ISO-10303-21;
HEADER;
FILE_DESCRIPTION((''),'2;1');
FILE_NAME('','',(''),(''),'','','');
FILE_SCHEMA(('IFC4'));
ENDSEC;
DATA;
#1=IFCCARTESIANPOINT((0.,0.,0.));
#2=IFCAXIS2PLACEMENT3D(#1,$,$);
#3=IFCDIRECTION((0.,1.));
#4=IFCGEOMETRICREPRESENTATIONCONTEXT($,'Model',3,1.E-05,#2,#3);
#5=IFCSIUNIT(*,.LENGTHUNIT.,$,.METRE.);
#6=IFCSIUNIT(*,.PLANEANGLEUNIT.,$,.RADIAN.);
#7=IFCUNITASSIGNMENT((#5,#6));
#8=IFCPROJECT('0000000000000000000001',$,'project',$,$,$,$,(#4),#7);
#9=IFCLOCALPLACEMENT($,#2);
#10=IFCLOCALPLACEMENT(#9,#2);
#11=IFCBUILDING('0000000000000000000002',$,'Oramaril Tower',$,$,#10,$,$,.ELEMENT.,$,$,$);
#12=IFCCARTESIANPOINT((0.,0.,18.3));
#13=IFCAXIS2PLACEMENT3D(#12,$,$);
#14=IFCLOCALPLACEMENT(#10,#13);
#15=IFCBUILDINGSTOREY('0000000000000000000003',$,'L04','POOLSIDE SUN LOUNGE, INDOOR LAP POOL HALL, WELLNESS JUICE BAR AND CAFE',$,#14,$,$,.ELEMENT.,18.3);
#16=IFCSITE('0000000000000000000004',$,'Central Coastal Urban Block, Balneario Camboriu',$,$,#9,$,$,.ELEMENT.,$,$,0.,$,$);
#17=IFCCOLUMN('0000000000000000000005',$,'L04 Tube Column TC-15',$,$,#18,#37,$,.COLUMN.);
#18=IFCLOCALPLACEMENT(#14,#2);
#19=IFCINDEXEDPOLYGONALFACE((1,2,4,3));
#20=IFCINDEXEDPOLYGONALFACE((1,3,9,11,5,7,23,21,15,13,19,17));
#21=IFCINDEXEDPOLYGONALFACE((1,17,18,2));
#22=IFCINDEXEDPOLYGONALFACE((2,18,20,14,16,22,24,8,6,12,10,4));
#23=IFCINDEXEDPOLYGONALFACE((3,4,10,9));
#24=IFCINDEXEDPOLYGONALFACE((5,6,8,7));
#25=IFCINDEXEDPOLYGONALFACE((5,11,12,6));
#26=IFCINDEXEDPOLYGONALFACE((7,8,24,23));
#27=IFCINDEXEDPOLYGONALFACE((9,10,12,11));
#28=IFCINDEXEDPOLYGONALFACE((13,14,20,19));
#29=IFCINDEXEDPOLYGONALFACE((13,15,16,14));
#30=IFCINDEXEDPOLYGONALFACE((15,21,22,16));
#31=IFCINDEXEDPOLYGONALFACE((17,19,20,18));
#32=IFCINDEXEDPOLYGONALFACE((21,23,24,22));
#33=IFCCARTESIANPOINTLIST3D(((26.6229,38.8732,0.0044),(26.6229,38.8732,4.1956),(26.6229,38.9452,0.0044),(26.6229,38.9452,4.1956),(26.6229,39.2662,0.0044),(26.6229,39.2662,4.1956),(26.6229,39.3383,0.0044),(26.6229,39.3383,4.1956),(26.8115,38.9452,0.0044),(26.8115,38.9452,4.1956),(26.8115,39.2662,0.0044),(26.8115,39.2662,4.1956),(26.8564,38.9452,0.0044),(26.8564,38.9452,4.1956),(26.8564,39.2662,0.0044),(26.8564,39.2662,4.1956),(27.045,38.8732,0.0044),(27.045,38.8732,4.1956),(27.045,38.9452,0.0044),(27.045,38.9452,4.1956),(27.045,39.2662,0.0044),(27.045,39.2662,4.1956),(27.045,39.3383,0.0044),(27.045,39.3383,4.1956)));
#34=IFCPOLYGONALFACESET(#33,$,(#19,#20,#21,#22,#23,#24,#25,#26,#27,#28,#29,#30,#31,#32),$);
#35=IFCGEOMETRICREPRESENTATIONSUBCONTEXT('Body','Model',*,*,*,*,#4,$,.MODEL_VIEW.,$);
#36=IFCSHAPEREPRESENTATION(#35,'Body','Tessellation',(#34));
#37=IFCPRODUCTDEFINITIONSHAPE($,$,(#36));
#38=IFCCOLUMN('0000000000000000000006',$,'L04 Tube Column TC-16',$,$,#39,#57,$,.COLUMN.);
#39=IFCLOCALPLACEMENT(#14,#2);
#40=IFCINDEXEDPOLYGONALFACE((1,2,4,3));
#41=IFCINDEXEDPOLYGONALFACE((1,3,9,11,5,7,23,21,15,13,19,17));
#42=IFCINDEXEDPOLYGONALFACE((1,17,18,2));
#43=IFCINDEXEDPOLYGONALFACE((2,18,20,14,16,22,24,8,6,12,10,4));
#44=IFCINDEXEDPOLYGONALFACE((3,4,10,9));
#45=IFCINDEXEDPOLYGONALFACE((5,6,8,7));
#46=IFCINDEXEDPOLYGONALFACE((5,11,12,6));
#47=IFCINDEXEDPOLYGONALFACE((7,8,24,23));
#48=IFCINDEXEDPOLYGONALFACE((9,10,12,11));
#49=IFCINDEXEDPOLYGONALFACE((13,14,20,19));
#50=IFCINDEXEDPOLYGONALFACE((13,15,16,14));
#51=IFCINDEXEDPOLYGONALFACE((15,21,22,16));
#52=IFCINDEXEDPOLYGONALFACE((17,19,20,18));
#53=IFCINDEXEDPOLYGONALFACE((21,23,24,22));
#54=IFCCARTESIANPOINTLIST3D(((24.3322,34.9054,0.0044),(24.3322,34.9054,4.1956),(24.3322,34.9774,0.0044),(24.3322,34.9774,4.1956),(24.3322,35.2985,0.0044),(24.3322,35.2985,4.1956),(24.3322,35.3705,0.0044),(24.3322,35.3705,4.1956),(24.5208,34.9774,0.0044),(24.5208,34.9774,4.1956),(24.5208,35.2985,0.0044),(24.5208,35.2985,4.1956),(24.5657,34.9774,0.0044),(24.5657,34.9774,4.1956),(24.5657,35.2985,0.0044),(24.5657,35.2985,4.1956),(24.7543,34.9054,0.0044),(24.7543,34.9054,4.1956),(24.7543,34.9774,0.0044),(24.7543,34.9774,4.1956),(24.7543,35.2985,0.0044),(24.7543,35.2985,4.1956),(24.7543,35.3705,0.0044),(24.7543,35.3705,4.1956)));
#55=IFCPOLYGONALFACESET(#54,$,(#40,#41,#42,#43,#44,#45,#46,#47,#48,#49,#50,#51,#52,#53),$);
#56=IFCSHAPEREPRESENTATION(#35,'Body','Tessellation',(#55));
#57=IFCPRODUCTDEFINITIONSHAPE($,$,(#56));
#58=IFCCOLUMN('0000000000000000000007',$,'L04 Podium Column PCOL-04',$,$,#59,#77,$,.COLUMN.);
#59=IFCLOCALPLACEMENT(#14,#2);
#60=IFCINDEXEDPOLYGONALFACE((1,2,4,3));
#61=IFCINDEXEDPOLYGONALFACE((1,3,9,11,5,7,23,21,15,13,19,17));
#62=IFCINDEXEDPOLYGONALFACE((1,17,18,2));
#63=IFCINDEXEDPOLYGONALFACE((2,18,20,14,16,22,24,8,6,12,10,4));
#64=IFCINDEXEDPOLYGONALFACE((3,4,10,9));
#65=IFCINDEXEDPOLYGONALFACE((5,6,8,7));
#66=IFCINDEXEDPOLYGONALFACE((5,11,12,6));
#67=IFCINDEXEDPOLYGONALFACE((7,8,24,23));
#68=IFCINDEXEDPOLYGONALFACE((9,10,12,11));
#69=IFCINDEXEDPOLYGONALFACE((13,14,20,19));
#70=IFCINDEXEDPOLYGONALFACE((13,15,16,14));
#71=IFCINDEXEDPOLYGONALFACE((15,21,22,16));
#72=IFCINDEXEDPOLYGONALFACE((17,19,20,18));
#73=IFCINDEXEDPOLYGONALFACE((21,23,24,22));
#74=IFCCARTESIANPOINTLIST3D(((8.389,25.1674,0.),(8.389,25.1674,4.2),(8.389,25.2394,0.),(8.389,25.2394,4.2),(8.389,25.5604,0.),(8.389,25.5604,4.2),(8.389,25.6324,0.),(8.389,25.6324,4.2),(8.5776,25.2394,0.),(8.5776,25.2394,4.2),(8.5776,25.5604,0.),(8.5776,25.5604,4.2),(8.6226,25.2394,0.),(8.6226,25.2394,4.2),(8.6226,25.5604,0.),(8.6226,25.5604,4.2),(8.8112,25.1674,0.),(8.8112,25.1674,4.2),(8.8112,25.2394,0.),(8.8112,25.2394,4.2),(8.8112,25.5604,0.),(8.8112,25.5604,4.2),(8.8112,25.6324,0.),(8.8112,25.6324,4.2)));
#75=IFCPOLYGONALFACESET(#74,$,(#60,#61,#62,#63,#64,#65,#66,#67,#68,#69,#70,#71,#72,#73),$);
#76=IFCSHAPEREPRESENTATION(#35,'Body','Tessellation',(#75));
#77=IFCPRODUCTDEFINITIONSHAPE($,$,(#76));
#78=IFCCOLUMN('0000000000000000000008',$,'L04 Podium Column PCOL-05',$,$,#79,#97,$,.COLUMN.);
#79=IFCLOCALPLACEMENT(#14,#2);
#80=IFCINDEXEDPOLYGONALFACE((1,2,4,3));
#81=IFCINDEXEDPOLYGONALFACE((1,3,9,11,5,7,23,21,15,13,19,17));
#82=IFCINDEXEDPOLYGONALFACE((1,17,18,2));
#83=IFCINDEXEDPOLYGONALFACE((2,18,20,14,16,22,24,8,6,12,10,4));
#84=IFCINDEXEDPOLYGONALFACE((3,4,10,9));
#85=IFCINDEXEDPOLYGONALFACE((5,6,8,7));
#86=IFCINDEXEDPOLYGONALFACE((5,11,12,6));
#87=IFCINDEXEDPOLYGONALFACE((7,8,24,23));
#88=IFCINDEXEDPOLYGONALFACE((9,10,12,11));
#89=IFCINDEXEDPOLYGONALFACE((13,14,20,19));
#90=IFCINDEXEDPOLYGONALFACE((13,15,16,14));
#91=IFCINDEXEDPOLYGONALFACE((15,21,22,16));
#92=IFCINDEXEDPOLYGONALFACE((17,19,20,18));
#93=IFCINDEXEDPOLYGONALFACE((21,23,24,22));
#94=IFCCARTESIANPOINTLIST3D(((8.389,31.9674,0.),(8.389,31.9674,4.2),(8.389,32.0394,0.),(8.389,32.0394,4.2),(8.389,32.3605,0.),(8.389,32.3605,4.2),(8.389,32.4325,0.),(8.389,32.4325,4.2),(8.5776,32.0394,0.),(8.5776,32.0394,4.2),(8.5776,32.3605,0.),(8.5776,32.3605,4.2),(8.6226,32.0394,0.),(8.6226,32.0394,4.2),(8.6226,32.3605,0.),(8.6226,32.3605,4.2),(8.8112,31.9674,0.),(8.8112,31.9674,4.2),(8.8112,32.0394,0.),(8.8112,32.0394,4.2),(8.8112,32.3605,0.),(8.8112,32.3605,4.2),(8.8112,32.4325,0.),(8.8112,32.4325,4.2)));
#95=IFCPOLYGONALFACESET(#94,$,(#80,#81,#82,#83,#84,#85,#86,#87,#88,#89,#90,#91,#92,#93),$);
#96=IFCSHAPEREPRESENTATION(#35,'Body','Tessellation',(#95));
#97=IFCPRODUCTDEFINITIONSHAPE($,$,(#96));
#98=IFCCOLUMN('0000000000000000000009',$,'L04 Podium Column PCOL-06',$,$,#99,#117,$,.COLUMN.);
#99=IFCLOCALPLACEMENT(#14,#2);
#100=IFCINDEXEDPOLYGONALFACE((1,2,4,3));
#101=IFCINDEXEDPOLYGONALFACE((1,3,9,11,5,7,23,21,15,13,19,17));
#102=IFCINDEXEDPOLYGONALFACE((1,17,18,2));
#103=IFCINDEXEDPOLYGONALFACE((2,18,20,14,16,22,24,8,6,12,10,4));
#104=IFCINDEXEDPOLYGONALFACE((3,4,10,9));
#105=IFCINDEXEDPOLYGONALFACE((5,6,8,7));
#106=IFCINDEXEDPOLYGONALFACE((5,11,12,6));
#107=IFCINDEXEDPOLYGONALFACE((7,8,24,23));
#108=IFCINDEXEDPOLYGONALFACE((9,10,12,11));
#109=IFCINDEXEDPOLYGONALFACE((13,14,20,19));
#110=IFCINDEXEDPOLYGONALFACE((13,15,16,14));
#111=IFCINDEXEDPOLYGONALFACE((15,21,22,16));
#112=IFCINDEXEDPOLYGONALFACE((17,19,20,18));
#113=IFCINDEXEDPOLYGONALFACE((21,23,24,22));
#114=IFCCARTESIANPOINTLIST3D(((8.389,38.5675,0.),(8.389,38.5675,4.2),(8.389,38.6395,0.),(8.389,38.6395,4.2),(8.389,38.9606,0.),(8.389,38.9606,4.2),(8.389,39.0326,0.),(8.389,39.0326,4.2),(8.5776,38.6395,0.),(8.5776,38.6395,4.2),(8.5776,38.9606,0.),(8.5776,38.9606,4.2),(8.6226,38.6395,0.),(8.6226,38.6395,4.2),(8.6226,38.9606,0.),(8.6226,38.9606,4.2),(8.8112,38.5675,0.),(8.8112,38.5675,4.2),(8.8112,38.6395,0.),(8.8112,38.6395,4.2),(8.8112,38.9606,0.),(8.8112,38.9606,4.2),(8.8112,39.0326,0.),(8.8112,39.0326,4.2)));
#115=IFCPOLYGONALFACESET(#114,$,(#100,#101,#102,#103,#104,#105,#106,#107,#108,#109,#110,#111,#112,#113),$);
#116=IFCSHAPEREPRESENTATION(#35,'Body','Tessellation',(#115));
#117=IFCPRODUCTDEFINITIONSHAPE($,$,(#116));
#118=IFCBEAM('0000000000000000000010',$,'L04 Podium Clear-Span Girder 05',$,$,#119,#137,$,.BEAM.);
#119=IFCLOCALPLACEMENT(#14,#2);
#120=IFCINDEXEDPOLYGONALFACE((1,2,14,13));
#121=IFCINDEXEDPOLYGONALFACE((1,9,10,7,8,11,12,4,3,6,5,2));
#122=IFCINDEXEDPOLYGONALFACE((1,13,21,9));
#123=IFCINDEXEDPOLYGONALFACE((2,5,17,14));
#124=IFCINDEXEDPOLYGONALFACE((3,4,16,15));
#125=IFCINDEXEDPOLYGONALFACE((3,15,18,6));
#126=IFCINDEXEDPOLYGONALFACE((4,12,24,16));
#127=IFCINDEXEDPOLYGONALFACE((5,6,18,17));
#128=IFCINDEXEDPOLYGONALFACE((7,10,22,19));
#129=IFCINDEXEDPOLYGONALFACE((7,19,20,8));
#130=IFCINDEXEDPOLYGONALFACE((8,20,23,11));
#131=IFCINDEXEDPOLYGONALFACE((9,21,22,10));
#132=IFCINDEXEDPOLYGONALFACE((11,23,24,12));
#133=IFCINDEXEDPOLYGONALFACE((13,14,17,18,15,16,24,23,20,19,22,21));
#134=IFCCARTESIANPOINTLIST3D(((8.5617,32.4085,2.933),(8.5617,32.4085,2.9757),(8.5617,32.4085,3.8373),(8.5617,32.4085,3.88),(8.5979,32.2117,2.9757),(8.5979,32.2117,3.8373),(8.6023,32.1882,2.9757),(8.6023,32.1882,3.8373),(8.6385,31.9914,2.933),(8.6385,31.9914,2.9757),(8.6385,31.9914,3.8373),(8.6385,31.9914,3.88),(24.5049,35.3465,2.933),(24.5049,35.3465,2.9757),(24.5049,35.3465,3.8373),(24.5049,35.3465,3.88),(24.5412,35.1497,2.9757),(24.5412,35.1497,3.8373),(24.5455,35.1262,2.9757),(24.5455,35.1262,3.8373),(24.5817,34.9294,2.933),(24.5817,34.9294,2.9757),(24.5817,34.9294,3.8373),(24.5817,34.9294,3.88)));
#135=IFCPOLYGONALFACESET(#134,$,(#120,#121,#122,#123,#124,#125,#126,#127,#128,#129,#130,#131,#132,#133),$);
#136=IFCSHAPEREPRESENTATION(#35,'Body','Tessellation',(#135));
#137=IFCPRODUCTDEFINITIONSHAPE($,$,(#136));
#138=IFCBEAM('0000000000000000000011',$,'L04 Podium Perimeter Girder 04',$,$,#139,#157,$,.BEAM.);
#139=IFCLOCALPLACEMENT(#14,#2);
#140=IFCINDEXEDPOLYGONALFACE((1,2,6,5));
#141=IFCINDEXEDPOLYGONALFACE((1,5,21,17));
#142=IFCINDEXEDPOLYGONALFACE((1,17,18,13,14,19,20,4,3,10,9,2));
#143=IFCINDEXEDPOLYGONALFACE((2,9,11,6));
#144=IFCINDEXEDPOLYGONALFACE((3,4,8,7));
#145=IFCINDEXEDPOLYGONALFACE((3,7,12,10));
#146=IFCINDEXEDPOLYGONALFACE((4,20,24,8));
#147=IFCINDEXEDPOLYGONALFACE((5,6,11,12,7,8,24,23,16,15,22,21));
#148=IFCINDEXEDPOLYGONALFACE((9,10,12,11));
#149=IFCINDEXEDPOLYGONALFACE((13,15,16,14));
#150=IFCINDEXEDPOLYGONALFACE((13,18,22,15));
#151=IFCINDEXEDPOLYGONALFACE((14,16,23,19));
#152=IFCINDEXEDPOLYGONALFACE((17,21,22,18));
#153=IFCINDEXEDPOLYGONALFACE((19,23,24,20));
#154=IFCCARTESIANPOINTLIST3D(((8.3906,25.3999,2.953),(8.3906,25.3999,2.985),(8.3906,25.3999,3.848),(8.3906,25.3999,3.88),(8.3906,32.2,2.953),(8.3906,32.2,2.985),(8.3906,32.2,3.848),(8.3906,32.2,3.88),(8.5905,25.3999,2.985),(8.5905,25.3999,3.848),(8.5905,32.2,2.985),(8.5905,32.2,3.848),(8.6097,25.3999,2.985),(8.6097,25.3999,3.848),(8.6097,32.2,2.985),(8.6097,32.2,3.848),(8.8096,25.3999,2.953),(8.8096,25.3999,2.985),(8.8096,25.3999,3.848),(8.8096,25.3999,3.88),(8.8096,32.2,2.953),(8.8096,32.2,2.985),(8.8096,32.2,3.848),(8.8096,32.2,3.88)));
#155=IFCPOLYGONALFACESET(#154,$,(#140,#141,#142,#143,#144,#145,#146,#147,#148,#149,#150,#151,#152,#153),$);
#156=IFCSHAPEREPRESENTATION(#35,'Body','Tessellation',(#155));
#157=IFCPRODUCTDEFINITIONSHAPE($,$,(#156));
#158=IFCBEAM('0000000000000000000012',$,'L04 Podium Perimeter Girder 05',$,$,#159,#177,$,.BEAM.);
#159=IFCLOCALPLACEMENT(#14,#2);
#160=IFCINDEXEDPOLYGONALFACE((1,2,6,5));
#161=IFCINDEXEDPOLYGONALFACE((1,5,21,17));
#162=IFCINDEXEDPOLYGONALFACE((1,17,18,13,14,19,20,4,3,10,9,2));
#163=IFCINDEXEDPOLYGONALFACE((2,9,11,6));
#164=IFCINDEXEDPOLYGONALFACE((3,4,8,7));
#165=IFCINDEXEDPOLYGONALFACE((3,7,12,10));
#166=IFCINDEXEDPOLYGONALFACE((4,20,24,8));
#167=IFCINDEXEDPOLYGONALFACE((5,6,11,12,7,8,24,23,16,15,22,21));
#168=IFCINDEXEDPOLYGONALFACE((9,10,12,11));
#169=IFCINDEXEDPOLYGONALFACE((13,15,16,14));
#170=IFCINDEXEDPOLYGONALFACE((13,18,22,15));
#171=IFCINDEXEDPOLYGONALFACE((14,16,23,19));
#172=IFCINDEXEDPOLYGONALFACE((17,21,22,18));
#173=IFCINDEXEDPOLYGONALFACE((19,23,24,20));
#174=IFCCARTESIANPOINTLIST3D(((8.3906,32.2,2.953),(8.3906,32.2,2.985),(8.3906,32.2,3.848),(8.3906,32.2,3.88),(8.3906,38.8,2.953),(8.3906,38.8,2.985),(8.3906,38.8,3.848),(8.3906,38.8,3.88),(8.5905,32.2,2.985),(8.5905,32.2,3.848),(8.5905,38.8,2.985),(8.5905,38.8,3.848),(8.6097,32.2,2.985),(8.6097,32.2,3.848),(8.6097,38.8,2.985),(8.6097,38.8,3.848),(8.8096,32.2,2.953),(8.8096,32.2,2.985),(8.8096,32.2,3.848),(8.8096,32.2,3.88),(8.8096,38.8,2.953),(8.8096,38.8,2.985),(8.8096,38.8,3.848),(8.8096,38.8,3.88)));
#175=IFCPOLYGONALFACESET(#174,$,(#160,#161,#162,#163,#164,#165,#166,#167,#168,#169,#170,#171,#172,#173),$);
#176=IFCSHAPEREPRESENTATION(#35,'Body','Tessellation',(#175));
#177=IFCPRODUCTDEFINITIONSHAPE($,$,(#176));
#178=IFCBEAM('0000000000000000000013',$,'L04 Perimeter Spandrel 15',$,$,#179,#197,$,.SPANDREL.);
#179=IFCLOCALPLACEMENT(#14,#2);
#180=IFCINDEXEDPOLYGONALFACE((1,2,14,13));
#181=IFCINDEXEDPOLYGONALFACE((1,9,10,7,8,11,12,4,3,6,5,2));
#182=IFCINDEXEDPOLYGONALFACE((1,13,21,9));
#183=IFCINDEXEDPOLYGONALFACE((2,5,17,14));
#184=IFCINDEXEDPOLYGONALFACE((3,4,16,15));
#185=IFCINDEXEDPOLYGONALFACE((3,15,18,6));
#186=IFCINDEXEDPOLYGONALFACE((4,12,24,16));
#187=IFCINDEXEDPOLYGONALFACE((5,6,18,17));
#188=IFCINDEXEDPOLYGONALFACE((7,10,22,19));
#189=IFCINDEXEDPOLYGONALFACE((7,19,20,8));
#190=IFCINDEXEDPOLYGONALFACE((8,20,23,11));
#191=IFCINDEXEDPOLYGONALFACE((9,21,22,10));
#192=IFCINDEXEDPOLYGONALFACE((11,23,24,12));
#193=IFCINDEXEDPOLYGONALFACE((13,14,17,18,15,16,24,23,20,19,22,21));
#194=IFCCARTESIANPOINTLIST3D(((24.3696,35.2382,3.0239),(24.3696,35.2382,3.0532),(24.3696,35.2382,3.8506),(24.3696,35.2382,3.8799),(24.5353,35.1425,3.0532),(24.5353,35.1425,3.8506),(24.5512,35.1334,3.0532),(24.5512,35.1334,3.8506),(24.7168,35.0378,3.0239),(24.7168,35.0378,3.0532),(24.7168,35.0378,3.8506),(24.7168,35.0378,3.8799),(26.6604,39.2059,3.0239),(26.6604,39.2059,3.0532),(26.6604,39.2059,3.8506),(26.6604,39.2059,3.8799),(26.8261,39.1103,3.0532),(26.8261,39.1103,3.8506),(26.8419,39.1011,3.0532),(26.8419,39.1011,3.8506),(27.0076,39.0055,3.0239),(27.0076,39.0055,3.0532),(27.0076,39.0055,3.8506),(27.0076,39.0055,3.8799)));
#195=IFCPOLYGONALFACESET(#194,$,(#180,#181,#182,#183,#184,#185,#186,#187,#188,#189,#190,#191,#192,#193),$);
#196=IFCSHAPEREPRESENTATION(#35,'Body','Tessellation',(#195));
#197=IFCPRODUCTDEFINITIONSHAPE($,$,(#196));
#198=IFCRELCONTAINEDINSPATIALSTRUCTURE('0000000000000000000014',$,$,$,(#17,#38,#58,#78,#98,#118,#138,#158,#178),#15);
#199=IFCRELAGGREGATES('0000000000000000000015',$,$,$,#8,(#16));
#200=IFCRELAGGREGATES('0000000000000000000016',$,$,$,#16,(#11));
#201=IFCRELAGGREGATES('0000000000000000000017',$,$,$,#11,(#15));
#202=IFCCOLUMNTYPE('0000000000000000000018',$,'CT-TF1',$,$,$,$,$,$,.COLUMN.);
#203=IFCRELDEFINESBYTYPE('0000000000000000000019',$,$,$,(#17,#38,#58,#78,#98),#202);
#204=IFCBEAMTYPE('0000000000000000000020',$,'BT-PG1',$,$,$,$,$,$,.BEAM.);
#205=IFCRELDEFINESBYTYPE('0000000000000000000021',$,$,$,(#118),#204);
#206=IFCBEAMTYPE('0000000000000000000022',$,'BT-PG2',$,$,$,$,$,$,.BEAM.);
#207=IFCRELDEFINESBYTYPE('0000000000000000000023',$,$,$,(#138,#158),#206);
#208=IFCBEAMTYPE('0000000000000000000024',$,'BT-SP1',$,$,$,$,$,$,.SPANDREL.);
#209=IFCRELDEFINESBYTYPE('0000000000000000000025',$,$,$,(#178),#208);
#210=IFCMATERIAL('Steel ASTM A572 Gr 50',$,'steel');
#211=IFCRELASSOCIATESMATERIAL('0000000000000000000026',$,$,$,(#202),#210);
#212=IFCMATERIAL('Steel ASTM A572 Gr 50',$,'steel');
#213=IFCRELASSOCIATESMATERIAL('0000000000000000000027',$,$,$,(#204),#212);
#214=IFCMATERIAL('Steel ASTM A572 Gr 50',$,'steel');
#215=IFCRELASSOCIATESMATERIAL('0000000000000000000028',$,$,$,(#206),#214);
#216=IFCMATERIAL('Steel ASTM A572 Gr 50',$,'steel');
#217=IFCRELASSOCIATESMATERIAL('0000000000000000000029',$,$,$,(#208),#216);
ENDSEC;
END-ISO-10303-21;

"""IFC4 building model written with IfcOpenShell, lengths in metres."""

from ifc_helpers import new_model, si_unit, direction, frame, origin, origin_2d, place, context, subcontext, project, spatial, i_section, extrude, material, material_profile, profile_set, type_object, element, save


model = new_model("IFC4")

# Units and contexts
model_context = context("Model", 3, precision=1e-05, world=origin(), true_north=direction((0.0, 1.0)))
body_context = subcontext(model_context, "Body", "Model", "MODEL_VIEW")
ifc_project = project(units=[si_unit("LENGTHUNIT", "METRE"), si_unit("PLANEANGLEUNIT", "RADIAN")], contexts=[model_context])

# Site, building, storey
site_placement = place(None, origin())
site = spatial("IfcSite", under=ifc_project, at=site_placement, Name="Central Coastal Urban Block, Balneario Camboriu", CompositionType="ELEMENT", RefElevation=0.0)
building_placement = place(site_placement, origin())
building = spatial("IfcBuilding", under=site, at=building_placement, Name="Oramaril Tower", CompositionType="ELEMENT")
storey_placement = place(building_placement, frame((0.0, 0.0, 18.3)))
storey = spatial("IfcBuildingStorey", under=building, at=storey_placement, Name="L04", Description="POOLSIDE SUN LOUNGE, INDOOR LAP POOL HALL, WELLNESS JUICE BAR AND CAFE", CompositionType="ELEMENT", Elevation=18.3)

# Columns
ifc_material_1 = material(Name="Steel ASTM A572 Gr 50", Category="steel")
ifc_material_profile_1 = material_profile(ifc_material_1, i_section(OverallWidth=0.4221, OverallDepth=0.4651, WebThickness=0.0449, FlangeThickness=0.072, at=origin_2d()), Name="W14X398")
ifc_profile_set_1 = profile_set([ifc_material_profile_1], Name="Steel ASTM A572 Gr 50")
column_type = type_object("IfcColumnType", Name="CT-TF1", PredefinedType="COLUMN", material=ifc_profile_set_1)
for number, where, z_axis, x_axis, name in (
    (1, (26.834, 39.1057, 0.0044), (0.0, 0.0, 1.0), (1.0, 0.0, 0.0), "L04 Tube Column TC-15"),
    (2, (24.5432, 35.1379, 0.0044), (0.0, 0.0, 1.0), (1.0, 0.0, 0.0), "L04 Tube Column TC-16"),
):
    element("IfcColumn", number, at=place(storey_placement, frame(where, z_axis=z_axis, x_axis=x_axis)), inside=storey, type_object=column_type, Name=name, PredefinedType="COLUMN", context=body_context, shape_type="SweptSolid", body=[
        extrude(i_section(OverallWidth=0.4221, OverallDepth=0.4651, WebThickness=0.0449, FlangeThickness=0.072, at=origin_2d()), origin(), (0.0, 0.0, 1.0), 4.1912),
    ])
for number, where, z_axis, x_axis, name in (
    (3, (8.6001, 25.3999, 0.0), (0.0, 0.0, 1.0), (1.0, 0.0, 0.0), "L04 Podium Column PCOL-04"),
    (4, (8.6001, 32.2, 0.0), (0.0, 0.0, 1.0), (1.0, 0.0, 0.0), "L04 Podium Column PCOL-05"),
    (5, (8.6001, 38.8, 0.0), (0.0, 0.0, 1.0), (1.0, 0.0, 0.0), "L04 Podium Column PCOL-06"),
):
    element("IfcColumn", number, at=place(storey_placement, frame(where, z_axis=z_axis, x_axis=x_axis)), inside=storey, type_object=column_type, Name=name, PredefinedType="COLUMN", context=body_context, shape_type="SweptSolid", body=[
        extrude(i_section(OverallWidth=0.4221, OverallDepth=0.4651, WebThickness=0.0449, FlangeThickness=0.072, at=origin_2d()), origin(), (0.0, 0.0, 1.0), 4.2),
    ])

# Beams
ifc_material_2 = material(Name="Steel ASTM A572 Gr 50", Category="steel")
ifc_material_profile_2 = material_profile(ifc_material_2, i_section(OverallWidth=0.4241, OverallDepth=0.947, WebThickness=0.0239, FlangeThickness=0.0427, at=origin_2d()), Name="W36X302")
ifc_profile_set_2 = profile_set([ifc_material_profile_2], Name="Steel ASTM A572 Gr 50")
beam_type_1 = type_object("IfcBeamType", Name="BT-PG1", PredefinedType="BEAM", material=ifc_profile_set_2)
beam_1_placement = place(storey_placement, frame((8.6001, 32.2, 3.4065), z_axis=(0.983441, 0.181228, 0.0), x_axis=(-0.181228, 0.983441, 0.0)))
element("IfcBeam", 6, at=beam_1_placement, inside=storey, type_object=beam_type_1, Name="L04 Podium Clear-Span Girder 05", PredefinedType="BEAM", context=body_context, shape_type="SweptSolid", body=[
    extrude(i_section(OverallWidth=0.4241, OverallDepth=0.947, WebThickness=0.0239, FlangeThickness=0.0427, at=origin_2d()), origin(), (0.0, 0.0, 1.0), 16.2117),
])
ifc_material_3 = material(Name="Steel ASTM A572 Gr 50", Category="steel")
ifc_material_profile_3 = material_profile(ifc_material_3, i_section(OverallWidth=0.4189, OverallDepth=0.927, WebThickness=0.0193, FlangeThickness=0.032, at=origin_2d()), Name="W36X231")
ifc_profile_set_3 = profile_set([ifc_material_profile_3], Name="Steel ASTM A572 Gr 50")
beam_type_2 = type_object("IfcBeamType", Name="BT-PG2", PredefinedType="BEAM", material=ifc_profile_set_3)
beam_2_placement = place(storey_placement, frame((8.6001, 25.3999, 3.4165), z_axis=(0.0, 1.0, 0.0), x_axis=(-1.0, 0.0, 0.0)))
element("IfcBeam", 7, at=beam_2_placement, inside=storey, type_object=beam_type_2, Name="L04 Podium Perimeter Girder 04", PredefinedType="BEAM", context=body_context, shape_type="SweptSolid", body=[
    extrude(i_section(OverallWidth=0.4189, OverallDepth=0.927, WebThickness=0.0193, FlangeThickness=0.032, at=origin_2d()), origin(), (0.0, 0.0, 1.0), 6.8),
])
beam_3_placement = place(storey_placement, frame((8.6001, 32.2, 3.4165), z_axis=(0.0, 1.0, 0.0), x_axis=(-1.0, 0.0, 0.0)))
element("IfcBeam", 8, at=beam_3_placement, inside=storey, type_object=beam_type_2, Name="L04 Podium Perimeter Girder 05", PredefinedType="BEAM", context=body_context, shape_type="SweptSolid", body=[
    extrude(i_section(OverallWidth=0.4189, OverallDepth=0.927, WebThickness=0.0193, FlangeThickness=0.032, at=origin_2d()), origin(), (0.0, 0.0, 1.0), 6.6001),
])
ifc_material_4 = material(Name="Steel ASTM A572 Gr 50", Category="steel")
ifc_material_profile_4 = material_profile(ifc_material_4, i_section(OverallWidth=0.4009, OverallDepth=0.856, WebThickness=0.0183, FlangeThickness=0.0293, at=origin_2d()), Name="W33X201")
ifc_profile_set_4 = profile_set([ifc_material_profile_4], Name="Steel ASTM A572 Gr 50")
beam_type_3 = type_object("IfcBeamType", Name="BT-SP1", PredefinedType="SPANDREL", material=ifc_profile_set_4)
beam_4_placement = place(storey_placement, frame((26.834, 39.1057, 3.4519), z_axis=(-0.499996, -0.866028, 0.0), x_axis=(0.866028, -0.499996, 0.0)))
element("IfcBeam", 9, at=beam_4_placement, inside=storey, type_object=beam_type_3, Name="L04 Perimeter Spandrel 15", PredefinedType="SPANDREL", context=body_context, shape_type="SweptSolid", body=[
    extrude(i_section(OverallWidth=0.4009, OverallDepth=0.856, WebThickness=0.0183, FlangeThickness=0.0293, at=origin_2d()), origin(), (0.0, 0.0, 1.0), 4.5815),
])

save(model, "model.ifc")
